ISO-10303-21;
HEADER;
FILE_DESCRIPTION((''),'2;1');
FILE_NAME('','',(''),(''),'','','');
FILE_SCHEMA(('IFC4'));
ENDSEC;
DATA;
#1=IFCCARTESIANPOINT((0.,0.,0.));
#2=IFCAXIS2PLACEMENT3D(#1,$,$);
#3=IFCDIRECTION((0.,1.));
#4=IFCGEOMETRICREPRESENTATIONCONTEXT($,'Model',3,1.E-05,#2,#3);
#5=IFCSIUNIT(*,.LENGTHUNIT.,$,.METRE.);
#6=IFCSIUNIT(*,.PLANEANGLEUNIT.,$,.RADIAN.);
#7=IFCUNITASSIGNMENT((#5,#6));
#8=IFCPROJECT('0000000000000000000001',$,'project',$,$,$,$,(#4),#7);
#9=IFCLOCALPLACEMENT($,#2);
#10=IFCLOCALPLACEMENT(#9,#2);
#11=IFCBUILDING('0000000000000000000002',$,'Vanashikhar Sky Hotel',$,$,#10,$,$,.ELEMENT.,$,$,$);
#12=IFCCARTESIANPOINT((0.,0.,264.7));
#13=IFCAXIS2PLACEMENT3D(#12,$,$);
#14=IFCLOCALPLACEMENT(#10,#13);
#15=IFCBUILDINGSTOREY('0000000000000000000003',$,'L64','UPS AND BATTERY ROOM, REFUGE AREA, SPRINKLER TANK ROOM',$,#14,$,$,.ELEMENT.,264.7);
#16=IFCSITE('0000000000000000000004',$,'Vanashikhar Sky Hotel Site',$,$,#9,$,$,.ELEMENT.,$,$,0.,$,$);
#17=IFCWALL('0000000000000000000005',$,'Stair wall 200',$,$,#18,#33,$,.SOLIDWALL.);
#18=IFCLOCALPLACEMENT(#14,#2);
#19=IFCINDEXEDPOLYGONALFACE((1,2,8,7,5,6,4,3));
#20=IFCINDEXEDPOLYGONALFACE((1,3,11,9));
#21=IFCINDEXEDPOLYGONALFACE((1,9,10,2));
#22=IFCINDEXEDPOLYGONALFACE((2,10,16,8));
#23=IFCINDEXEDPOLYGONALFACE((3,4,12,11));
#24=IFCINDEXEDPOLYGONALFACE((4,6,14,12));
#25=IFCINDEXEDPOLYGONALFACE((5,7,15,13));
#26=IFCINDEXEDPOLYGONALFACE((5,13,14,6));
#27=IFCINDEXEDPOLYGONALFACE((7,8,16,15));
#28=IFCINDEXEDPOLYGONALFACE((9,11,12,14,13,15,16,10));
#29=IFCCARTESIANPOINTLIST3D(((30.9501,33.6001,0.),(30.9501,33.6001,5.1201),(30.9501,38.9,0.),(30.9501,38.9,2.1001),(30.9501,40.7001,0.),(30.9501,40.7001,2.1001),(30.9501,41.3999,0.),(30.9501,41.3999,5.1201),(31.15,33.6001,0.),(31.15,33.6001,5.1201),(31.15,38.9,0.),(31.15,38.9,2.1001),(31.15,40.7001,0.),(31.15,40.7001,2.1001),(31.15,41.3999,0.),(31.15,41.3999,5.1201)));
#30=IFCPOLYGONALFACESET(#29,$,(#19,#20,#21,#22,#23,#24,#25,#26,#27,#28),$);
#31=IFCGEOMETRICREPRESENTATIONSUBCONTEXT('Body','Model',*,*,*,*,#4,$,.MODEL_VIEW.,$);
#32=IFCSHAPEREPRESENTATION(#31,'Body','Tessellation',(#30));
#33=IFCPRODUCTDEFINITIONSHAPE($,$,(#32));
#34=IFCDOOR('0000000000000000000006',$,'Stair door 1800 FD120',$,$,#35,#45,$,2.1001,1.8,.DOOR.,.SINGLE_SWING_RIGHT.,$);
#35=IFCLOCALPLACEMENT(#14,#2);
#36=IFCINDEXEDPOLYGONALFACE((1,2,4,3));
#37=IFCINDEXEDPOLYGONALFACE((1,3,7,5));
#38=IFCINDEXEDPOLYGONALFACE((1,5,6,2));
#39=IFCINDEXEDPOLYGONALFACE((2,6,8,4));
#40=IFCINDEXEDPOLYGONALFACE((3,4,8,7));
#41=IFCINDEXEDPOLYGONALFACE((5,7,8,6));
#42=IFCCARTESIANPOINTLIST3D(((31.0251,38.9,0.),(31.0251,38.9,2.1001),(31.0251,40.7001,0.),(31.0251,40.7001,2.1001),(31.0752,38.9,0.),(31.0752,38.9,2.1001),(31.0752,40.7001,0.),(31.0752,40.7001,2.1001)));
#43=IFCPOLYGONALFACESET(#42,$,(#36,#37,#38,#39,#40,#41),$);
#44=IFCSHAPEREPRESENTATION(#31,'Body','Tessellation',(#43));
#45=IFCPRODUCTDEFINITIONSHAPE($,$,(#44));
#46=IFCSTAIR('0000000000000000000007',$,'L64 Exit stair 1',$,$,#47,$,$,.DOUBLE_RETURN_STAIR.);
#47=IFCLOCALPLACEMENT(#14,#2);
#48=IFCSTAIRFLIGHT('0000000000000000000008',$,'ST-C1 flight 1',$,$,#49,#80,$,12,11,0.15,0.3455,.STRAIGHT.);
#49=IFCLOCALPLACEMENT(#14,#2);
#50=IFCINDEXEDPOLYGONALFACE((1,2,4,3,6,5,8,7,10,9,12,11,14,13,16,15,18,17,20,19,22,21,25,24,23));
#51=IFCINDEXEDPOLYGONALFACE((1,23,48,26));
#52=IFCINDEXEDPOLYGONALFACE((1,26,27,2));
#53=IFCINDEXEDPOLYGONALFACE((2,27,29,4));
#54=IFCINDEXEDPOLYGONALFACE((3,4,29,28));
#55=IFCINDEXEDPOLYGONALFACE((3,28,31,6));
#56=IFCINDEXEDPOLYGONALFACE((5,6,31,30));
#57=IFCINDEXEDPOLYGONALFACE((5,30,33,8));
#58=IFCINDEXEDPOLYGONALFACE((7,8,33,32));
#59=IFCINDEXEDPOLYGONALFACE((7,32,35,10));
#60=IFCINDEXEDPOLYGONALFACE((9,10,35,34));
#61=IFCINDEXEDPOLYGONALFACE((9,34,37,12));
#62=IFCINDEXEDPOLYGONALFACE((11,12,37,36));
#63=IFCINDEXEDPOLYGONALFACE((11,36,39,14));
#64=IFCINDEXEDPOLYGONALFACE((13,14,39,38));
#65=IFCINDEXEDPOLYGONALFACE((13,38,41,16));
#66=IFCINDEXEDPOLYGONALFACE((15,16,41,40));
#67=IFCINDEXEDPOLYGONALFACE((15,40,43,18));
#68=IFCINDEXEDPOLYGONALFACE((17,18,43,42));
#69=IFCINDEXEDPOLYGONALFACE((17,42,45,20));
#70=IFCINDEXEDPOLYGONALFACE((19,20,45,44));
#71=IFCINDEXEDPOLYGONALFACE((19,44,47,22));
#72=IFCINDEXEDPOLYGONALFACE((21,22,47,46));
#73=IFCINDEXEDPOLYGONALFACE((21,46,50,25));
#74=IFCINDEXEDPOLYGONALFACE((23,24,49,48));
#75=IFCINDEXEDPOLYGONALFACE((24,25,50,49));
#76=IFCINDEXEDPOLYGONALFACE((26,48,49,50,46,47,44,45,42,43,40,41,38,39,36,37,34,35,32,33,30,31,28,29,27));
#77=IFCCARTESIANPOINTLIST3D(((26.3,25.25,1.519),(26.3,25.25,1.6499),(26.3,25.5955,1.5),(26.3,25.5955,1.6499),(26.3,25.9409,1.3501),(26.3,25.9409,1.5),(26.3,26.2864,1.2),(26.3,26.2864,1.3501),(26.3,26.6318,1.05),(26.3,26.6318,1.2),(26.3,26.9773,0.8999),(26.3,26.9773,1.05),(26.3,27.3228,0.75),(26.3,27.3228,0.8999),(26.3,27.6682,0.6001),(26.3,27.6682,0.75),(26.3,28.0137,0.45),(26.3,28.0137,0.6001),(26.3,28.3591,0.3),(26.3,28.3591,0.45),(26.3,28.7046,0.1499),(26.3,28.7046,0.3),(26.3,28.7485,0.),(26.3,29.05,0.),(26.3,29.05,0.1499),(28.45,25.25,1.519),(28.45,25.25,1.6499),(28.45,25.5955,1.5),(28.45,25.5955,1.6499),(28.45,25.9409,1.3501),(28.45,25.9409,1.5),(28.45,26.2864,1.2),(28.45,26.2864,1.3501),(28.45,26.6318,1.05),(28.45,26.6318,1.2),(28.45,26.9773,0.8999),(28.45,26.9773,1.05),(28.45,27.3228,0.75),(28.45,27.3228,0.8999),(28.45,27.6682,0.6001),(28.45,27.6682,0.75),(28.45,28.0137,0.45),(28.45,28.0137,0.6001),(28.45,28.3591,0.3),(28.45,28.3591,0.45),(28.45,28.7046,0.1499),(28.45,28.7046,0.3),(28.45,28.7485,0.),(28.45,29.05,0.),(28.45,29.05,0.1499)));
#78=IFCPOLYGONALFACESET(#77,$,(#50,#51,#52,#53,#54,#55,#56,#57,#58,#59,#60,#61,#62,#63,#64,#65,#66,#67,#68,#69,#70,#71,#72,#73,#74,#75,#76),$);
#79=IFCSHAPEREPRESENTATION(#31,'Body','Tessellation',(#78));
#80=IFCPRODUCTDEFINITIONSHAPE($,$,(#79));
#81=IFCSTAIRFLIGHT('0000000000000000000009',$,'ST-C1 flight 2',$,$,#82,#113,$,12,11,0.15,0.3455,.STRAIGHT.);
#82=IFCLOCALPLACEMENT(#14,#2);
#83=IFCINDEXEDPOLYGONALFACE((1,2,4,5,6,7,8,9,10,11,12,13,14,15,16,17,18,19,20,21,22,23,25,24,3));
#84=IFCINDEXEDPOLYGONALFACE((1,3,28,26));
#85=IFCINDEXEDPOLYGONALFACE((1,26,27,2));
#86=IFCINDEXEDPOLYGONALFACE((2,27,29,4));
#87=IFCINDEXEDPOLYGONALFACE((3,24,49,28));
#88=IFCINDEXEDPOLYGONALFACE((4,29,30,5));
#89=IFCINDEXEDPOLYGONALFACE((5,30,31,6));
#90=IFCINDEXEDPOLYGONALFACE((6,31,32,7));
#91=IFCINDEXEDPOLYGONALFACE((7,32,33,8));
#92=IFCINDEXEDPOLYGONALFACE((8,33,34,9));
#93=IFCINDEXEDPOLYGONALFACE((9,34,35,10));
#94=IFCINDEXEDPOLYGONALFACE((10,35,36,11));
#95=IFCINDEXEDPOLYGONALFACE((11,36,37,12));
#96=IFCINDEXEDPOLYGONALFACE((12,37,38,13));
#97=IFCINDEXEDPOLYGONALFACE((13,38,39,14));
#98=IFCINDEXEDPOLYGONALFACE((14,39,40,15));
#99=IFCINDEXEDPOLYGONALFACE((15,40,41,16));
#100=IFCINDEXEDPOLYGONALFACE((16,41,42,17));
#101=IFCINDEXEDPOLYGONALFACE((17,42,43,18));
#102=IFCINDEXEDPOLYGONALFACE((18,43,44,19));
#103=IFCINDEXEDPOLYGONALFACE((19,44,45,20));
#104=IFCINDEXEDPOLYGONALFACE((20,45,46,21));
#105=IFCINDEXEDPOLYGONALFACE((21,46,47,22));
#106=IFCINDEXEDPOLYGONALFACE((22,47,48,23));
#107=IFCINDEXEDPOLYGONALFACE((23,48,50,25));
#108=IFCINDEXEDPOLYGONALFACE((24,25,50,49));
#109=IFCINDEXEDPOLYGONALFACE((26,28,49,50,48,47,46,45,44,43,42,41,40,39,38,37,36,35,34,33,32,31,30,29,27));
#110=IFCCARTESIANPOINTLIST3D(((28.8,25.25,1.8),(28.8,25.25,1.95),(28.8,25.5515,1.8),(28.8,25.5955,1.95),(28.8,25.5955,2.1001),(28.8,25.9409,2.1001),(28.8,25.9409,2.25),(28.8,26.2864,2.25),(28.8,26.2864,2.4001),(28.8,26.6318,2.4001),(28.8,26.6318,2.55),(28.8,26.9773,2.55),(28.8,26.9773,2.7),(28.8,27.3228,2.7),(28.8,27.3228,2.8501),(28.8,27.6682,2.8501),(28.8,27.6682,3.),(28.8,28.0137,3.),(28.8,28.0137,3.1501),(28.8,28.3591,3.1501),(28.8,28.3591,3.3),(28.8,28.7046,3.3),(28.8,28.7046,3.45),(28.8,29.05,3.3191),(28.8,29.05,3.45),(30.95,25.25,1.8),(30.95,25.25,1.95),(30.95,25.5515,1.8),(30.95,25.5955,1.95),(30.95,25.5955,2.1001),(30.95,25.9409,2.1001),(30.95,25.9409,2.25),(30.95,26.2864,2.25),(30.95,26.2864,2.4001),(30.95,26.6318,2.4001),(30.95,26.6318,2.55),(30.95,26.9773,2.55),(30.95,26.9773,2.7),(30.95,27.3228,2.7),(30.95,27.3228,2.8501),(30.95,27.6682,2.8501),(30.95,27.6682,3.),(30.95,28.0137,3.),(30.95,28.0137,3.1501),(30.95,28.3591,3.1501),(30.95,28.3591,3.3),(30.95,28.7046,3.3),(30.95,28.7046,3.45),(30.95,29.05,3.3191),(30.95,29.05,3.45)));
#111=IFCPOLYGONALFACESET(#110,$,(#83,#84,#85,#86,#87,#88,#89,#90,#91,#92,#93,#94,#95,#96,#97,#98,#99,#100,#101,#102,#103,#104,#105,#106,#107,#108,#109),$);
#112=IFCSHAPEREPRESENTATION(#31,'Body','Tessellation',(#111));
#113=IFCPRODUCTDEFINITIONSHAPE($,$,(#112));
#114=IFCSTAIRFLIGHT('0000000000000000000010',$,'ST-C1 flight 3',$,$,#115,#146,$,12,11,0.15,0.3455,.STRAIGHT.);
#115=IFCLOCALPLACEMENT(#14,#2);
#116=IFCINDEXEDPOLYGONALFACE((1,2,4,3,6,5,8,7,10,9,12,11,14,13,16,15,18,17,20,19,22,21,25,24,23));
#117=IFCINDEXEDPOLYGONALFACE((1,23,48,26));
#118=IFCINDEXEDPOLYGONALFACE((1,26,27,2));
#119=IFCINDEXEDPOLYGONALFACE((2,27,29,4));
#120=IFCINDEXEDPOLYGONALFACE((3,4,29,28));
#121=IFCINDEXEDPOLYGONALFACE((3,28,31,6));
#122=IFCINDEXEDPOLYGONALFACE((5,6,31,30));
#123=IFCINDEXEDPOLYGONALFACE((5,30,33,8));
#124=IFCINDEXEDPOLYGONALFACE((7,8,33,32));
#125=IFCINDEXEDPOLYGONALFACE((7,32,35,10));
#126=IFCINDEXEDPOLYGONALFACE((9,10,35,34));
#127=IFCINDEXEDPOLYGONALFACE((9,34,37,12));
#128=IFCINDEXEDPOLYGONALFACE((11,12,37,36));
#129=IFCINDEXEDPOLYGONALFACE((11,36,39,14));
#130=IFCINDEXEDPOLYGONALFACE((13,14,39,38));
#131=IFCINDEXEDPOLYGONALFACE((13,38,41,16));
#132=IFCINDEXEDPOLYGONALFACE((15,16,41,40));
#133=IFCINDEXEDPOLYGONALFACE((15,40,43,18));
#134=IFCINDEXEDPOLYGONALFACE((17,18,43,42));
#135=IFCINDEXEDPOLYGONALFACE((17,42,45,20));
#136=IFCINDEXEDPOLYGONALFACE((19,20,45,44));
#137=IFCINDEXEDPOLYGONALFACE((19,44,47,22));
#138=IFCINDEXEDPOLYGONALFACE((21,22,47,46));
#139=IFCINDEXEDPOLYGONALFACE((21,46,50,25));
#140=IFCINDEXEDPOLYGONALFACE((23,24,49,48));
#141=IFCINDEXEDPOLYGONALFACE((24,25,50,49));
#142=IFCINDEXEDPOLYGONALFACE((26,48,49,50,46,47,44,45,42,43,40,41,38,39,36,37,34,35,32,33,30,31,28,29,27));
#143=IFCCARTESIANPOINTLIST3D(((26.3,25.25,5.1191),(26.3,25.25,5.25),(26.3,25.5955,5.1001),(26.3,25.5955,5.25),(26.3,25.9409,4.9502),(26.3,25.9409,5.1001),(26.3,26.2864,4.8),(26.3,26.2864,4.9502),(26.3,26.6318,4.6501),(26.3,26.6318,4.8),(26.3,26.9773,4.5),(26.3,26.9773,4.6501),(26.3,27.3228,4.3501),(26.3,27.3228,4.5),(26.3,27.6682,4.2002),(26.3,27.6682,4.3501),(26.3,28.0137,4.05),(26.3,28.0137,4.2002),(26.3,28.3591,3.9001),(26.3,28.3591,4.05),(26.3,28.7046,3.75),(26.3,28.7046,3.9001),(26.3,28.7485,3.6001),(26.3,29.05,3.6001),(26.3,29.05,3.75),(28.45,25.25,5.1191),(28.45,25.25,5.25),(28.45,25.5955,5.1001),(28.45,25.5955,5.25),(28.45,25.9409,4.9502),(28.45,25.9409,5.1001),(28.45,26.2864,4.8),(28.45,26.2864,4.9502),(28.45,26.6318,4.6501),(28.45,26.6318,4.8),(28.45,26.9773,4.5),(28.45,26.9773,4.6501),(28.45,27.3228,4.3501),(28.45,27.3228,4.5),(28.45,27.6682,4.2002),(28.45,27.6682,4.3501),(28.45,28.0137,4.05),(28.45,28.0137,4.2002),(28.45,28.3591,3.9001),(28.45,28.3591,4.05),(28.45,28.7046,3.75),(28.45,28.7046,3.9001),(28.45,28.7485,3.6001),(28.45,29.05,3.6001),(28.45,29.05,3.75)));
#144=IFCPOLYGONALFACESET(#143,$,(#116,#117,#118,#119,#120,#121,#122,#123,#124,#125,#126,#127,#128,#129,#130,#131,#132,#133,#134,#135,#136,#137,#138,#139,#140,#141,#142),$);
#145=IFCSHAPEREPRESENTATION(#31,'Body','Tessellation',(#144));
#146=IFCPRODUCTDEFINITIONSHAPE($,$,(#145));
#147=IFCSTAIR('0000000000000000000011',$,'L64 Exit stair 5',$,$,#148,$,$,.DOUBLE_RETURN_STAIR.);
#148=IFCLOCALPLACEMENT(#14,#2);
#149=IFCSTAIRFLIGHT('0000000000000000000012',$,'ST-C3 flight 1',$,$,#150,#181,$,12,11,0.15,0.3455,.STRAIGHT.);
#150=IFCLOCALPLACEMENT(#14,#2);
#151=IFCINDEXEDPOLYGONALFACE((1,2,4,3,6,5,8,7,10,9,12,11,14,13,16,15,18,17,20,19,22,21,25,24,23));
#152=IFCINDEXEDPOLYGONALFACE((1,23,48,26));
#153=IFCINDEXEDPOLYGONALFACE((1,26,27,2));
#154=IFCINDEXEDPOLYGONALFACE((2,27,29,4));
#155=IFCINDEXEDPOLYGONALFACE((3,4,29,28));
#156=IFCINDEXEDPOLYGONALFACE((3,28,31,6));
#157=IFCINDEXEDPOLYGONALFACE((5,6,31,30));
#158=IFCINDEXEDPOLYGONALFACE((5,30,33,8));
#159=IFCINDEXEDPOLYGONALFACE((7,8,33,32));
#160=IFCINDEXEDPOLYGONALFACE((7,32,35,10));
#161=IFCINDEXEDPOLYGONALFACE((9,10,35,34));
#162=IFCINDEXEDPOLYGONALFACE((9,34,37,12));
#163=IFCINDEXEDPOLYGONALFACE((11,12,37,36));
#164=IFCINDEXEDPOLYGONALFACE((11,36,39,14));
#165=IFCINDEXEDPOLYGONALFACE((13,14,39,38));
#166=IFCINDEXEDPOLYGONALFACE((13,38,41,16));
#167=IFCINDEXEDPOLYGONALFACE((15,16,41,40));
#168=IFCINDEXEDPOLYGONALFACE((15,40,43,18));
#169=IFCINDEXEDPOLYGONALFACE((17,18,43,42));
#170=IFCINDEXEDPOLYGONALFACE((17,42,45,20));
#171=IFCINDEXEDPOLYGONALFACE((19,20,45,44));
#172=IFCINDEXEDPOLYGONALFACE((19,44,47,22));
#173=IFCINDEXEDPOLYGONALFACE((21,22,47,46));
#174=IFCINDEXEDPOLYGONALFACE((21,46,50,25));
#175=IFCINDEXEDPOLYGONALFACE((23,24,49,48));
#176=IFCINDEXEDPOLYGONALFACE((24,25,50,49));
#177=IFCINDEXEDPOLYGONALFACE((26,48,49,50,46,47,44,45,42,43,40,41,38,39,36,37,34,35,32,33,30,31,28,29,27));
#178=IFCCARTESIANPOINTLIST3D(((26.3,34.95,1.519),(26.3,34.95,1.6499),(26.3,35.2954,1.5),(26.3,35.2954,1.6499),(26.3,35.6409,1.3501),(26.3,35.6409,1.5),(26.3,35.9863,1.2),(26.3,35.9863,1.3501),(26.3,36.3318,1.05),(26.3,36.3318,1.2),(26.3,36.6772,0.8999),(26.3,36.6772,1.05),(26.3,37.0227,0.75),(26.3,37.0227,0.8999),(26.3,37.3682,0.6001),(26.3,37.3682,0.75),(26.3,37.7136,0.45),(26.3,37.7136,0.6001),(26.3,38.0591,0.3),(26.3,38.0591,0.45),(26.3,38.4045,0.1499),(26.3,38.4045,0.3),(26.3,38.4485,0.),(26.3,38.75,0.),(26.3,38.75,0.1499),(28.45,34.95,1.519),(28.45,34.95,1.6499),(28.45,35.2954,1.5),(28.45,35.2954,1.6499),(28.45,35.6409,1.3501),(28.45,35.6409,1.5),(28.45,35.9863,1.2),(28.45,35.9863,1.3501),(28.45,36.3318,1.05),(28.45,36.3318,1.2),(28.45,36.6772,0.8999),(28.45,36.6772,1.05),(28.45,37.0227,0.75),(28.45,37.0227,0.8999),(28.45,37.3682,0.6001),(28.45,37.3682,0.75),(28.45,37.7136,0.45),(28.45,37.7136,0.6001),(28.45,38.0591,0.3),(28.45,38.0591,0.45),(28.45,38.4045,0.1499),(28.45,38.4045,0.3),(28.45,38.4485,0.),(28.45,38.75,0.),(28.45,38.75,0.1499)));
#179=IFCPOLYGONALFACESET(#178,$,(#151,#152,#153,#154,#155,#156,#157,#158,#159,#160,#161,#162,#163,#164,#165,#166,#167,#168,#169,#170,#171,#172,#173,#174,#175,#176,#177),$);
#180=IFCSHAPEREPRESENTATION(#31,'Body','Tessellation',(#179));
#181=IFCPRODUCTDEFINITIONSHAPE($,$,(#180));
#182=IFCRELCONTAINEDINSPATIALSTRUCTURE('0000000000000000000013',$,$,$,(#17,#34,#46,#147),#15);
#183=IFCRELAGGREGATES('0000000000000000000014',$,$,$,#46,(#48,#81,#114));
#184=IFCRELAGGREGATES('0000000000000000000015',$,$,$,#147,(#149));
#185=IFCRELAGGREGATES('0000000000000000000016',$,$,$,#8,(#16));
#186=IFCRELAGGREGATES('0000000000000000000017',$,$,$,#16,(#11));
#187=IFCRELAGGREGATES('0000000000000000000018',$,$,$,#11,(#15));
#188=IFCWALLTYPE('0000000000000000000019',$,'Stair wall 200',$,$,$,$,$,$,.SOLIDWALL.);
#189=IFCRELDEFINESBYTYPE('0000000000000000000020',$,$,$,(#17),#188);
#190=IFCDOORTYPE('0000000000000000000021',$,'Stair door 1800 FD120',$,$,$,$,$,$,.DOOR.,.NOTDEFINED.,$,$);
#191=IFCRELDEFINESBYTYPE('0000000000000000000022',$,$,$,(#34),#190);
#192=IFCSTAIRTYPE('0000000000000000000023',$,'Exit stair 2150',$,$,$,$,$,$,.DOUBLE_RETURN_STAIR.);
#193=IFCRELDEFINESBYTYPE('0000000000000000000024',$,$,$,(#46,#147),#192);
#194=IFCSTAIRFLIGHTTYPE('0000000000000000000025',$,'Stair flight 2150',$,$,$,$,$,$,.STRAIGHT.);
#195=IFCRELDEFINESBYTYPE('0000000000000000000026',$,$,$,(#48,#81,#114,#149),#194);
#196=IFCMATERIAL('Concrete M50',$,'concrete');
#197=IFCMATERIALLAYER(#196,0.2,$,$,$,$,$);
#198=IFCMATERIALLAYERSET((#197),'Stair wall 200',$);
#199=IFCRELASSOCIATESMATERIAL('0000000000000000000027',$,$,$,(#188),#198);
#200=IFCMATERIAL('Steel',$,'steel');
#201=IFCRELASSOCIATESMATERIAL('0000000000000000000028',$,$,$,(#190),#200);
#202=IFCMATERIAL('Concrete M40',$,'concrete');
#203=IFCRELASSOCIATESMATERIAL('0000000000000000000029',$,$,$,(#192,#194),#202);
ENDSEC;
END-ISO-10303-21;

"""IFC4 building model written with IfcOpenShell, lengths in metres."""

from ifc_helpers import new_model, si_unit, direction, frame, frame_2d, origin, place, context, subcontext, project, spatial, polyline, rectangle, outline, extrude, source, transform, mapped, material, layer, layer_set, type_object, element, fill, aggregate, save


model = new_model("IFC4")

# Units and contexts
model_context = context("Model", 3, precision=1e-05, world=origin(), true_north=direction((0.0, 1.0)))
body_context = subcontext(model_context, "Body", "Model", "MODEL_VIEW")
ifc_project = project(units=[si_unit("LENGTHUNIT", "METRE"), si_unit("PLANEANGLEUNIT", "RADIAN")], contexts=[model_context])

# Site, building, storey
site_placement = place(None, origin())
site = spatial("IfcSite", under=ifc_project, at=site_placement, Name="Vanashikhar Sky Hotel Site", CompositionType="ELEMENT", RefElevation=0.0)
building_placement = place(site_placement, origin())
building = spatial("IfcBuilding", under=site, at=building_placement, Name="Vanashikhar Sky Hotel", CompositionType="ELEMENT")
storey_placement = place(building_placement, frame((0.0, 0.0, 264.7)))
storey = spatial("IfcBuildingStorey", under=building, at=storey_placement, Name="L64", Description="UPS AND BATTERY ROOM, REFUGE AREA, SPRINKLER TANK ROOM", CompositionType="ELEMENT", Elevation=264.7)

# Shared definitions
ifc_material_1 = material(Name="Steel", Category="steel")

# Shared definitions
ifc_material_2 = material(Name="Concrete M40", Category="concrete")

# Wall, opening, door
ifc_material_3 = material(Name="Concrete M50", Category="concrete")
ifc_layer_1 = layer(ifc_material_3, 0.2)
ifc_layer_set_1 = layer_set([ifc_layer_1], Name="Stair wall 200")
wall_type_1 = type_object("IfcWallType", Name="Stair wall 200", PredefinedType="SOLIDWALL", material=ifc_layer_set_1)
shared_shape_1 = source(origin(), body_context, "Body", "SweptSolid", [
    extrude(rectangle(XDim=7.7998, YDim=0.2, at=frame_2d((3.8999, 0.0))), origin(), (0.0, 0.0, 1.0), 5.1201),
])
wall_1_placement = place(storey_placement, frame((31.05, 33.6001, 0.0), z_axis=(0.0, 0.0, 1.0), x_axis=(0.0, 1.0, 0.0)))
wall_1 = element("IfcWall", 1, at=wall_1_placement, inside=storey, type_object=wall_type_1, Name="Stair wall 200", PredefinedType="SOLIDWALL", context=body_context, shape_type="MappedRepresentation", body=[
    mapped(shared_shape_1, transform((0.0, 0.0, 0.0), scale=1.0)),
])
shared_shape_2 = source(origin(), body_context, "Body", "SweptSolid", [
    extrude(rectangle(XDim=1.8, YDim=2.1001, at=frame_2d((0.8999, 1.05))), frame((0.0, 0.1099, 0.0), z_axis=(0.0, -1.0, 0.0), x_axis=(1.0, 0.0, 0.0)), (0.0, 0.0, 1.0), 0.22),
])
opening_1_placement = place(wall_1_placement, frame((5.3, 0.0, 0.0)))
opening_1 = element("IfcOpeningElement", 2, at=opening_1_placement, cuts=wall_1, PredefinedType="OPENING", context=body_context, shape_type="MappedRepresentation", body=[
    mapped(shared_shape_2, transform((0.0, 0.0, 0.0), scale=1.0)),
])
door_type_1 = type_object("IfcDoorType", Name="Stair door 1800 FD120", OperationType="NOTDEFINED", PredefinedType="DOOR", material=ifc_material_1)
shared_shape_3 = source(origin(), body_context, "Body", "SweptSolid", [
    extrude(rectangle(XDim=1.8, YDim=2.1001, at=frame_2d((0.8999, 1.05))), frame((0.0, 0.0249, 0.0), z_axis=(0.0, -1.0, 0.0), x_axis=(1.0, 0.0, 0.0)), (0.0, 0.0, 1.0), 0.05),
])
door_1_placement = place(opening_1_placement, origin())
door_1 = element("IfcDoor", 3, at=door_1_placement, inside=storey, type_object=door_type_1, Name="Stair door 1800 FD120", OperationType="SINGLE_SWING_RIGHT", OverallHeight=2.1001, OverallWidth=1.8, PredefinedType="DOOR", context=body_context, shape_type="MappedRepresentation", body=[
    mapped(shared_shape_3, transform((0.0, 0.0, 0.0), scale=1.0)),
])
fill(opening_1, door_1)

# Stairs, stair flights
stair_type = type_object("IfcStairType", Name="Exit stair 2150", PredefinedType="DOUBLE_RETURN_STAIR", material=ifc_material_2)
stair_1_placement = place(storey_placement, origin())
stair_1 = element("IfcStair", 4, at=stair_1_placement, inside=storey, type_object=stair_type, Name="L64 Exit stair 1", PredefinedType="DOUBLE_RETURN_STAIR")
stair_flight_type = type_object("IfcStairFlightType", Name="Stair flight 2150", PredefinedType="STRAIGHT", material=ifc_material_2)
shared_shape_4 = source(origin(), body_context, "Body", "SweptSolid", [
    extrude(outline(polyline([(0.0, 0.0), (0.0, 0.1499), (0.3455, 0.1499), (0.3455, 0.3), (0.6909, 0.3), (0.6909, 0.45), (1.0364, 0.45), (1.0364, 0.6001), (1.3818, 0.6001), (1.3818, 0.75), (1.7273, 0.75), (1.7273, 0.8999), (2.0728, 0.8999), (2.0728, 1.05), (2.4182, 1.05), (2.4182, 1.2), (2.7637, 1.2), (2.7637, 1.3501), (3.1091, 1.3501), (3.1091, 1.5), (3.4546, 1.5), (3.4546, 1.6499), (3.8, 1.6499), (3.8, 1.8), (3.8, 1.519), (0.3015, 0.0), (0.0, 0.0)])), frame((0.0, 1.075, 0.0), z_axis=(0.0, -1.0, 0.0), x_axis=(1.0, 0.0, 0.0)), (0.0, 0.0, 1.0), 2.1499),
])
stair_flight_1_placement = place(storey_placement, frame((27.375, 29.05, 0.0), z_axis=(0.0, 0.0, 1.0), x_axis=(0.0, -1.0, 0.0)))
stair_flight_1 = element("IfcStairFlight", 5, at=stair_flight_1_placement, type_object=stair_flight_type, Name="ST-C1 flight 1", NumberOfRisers=12, NumberOfTreads=11, PredefinedType="STRAIGHT", RiserHeight=0.15, TreadLength=0.3455, context=body_context, shape_type="MappedRepresentation", body=[
    mapped(shared_shape_4, transform((0.0, 0.0, 0.0), scale=1.0)),
])
stair_flight_2_placement = place(storey_placement, frame((29.875, 25.25, 1.8), z_axis=(0.0, 0.0, 1.0), x_axis=(0.0, 1.0, 0.0)))
stair_flight_2 = element("IfcStairFlight", 6, at=stair_flight_2_placement, type_object=stair_flight_type, Name="ST-C1 flight 2", NumberOfRisers=12, NumberOfTreads=11, PredefinedType="STRAIGHT", RiserHeight=0.15, TreadLength=0.3455, context=body_context, shape_type="MappedRepresentation", body=[
    mapped(shared_shape_4, transform((0.0, 0.0, 0.0), scale=1.0)),
])
stair_flight_3_placement = place(storey_placement, frame((27.375, 29.05, 3.6001), z_axis=(0.0, 0.0, 1.0), x_axis=(0.0, -1.0, 0.0)))
stair_flight_3 = element("IfcStairFlight", 7, at=stair_flight_3_placement, type_object=stair_flight_type, Name="ST-C1 flight 3", NumberOfRisers=12, NumberOfTreads=11, PredefinedType="STRAIGHT", RiserHeight=0.15, TreadLength=0.3455, context=body_context, shape_type="MappedRepresentation", body=[
    mapped(shared_shape_4, transform((0.0, 0.0, 0.0), scale=1.0)),
])
aggregate(stair_1, [stair_flight_1, stair_flight_2, stair_flight_3])
stair_2_placement = place(storey_placement, origin())
stair_2 = element("IfcStair", 8, at=stair_2_placement, inside=storey, type_object=stair_type, Name="L64 Exit stair 5", PredefinedType="DOUBLE_RETURN_STAIR")
stair_flight_4_placement = place(storey_placement, frame((27.375, 38.75, 0.0), z_axis=(0.0, 0.0, 1.0), x_axis=(0.0, -1.0, 0.0)))
stair_flight_4 = element("IfcStairFlight", 9, at=stair_flight_4_placement, type_object=stair_flight_type, Name="ST-C3 flight 1", NumberOfRisers=12, NumberOfTreads=11, PredefinedType="STRAIGHT", RiserHeight=0.15, TreadLength=0.3455, context=body_context, shape_type="MappedRepresentation", body=[
    mapped(shared_shape_4, transform((0.0, 0.0, 0.0), scale=1.0)),
])
aggregate(stair_2, [stair_flight_4])

save(model, "model.ifc")
